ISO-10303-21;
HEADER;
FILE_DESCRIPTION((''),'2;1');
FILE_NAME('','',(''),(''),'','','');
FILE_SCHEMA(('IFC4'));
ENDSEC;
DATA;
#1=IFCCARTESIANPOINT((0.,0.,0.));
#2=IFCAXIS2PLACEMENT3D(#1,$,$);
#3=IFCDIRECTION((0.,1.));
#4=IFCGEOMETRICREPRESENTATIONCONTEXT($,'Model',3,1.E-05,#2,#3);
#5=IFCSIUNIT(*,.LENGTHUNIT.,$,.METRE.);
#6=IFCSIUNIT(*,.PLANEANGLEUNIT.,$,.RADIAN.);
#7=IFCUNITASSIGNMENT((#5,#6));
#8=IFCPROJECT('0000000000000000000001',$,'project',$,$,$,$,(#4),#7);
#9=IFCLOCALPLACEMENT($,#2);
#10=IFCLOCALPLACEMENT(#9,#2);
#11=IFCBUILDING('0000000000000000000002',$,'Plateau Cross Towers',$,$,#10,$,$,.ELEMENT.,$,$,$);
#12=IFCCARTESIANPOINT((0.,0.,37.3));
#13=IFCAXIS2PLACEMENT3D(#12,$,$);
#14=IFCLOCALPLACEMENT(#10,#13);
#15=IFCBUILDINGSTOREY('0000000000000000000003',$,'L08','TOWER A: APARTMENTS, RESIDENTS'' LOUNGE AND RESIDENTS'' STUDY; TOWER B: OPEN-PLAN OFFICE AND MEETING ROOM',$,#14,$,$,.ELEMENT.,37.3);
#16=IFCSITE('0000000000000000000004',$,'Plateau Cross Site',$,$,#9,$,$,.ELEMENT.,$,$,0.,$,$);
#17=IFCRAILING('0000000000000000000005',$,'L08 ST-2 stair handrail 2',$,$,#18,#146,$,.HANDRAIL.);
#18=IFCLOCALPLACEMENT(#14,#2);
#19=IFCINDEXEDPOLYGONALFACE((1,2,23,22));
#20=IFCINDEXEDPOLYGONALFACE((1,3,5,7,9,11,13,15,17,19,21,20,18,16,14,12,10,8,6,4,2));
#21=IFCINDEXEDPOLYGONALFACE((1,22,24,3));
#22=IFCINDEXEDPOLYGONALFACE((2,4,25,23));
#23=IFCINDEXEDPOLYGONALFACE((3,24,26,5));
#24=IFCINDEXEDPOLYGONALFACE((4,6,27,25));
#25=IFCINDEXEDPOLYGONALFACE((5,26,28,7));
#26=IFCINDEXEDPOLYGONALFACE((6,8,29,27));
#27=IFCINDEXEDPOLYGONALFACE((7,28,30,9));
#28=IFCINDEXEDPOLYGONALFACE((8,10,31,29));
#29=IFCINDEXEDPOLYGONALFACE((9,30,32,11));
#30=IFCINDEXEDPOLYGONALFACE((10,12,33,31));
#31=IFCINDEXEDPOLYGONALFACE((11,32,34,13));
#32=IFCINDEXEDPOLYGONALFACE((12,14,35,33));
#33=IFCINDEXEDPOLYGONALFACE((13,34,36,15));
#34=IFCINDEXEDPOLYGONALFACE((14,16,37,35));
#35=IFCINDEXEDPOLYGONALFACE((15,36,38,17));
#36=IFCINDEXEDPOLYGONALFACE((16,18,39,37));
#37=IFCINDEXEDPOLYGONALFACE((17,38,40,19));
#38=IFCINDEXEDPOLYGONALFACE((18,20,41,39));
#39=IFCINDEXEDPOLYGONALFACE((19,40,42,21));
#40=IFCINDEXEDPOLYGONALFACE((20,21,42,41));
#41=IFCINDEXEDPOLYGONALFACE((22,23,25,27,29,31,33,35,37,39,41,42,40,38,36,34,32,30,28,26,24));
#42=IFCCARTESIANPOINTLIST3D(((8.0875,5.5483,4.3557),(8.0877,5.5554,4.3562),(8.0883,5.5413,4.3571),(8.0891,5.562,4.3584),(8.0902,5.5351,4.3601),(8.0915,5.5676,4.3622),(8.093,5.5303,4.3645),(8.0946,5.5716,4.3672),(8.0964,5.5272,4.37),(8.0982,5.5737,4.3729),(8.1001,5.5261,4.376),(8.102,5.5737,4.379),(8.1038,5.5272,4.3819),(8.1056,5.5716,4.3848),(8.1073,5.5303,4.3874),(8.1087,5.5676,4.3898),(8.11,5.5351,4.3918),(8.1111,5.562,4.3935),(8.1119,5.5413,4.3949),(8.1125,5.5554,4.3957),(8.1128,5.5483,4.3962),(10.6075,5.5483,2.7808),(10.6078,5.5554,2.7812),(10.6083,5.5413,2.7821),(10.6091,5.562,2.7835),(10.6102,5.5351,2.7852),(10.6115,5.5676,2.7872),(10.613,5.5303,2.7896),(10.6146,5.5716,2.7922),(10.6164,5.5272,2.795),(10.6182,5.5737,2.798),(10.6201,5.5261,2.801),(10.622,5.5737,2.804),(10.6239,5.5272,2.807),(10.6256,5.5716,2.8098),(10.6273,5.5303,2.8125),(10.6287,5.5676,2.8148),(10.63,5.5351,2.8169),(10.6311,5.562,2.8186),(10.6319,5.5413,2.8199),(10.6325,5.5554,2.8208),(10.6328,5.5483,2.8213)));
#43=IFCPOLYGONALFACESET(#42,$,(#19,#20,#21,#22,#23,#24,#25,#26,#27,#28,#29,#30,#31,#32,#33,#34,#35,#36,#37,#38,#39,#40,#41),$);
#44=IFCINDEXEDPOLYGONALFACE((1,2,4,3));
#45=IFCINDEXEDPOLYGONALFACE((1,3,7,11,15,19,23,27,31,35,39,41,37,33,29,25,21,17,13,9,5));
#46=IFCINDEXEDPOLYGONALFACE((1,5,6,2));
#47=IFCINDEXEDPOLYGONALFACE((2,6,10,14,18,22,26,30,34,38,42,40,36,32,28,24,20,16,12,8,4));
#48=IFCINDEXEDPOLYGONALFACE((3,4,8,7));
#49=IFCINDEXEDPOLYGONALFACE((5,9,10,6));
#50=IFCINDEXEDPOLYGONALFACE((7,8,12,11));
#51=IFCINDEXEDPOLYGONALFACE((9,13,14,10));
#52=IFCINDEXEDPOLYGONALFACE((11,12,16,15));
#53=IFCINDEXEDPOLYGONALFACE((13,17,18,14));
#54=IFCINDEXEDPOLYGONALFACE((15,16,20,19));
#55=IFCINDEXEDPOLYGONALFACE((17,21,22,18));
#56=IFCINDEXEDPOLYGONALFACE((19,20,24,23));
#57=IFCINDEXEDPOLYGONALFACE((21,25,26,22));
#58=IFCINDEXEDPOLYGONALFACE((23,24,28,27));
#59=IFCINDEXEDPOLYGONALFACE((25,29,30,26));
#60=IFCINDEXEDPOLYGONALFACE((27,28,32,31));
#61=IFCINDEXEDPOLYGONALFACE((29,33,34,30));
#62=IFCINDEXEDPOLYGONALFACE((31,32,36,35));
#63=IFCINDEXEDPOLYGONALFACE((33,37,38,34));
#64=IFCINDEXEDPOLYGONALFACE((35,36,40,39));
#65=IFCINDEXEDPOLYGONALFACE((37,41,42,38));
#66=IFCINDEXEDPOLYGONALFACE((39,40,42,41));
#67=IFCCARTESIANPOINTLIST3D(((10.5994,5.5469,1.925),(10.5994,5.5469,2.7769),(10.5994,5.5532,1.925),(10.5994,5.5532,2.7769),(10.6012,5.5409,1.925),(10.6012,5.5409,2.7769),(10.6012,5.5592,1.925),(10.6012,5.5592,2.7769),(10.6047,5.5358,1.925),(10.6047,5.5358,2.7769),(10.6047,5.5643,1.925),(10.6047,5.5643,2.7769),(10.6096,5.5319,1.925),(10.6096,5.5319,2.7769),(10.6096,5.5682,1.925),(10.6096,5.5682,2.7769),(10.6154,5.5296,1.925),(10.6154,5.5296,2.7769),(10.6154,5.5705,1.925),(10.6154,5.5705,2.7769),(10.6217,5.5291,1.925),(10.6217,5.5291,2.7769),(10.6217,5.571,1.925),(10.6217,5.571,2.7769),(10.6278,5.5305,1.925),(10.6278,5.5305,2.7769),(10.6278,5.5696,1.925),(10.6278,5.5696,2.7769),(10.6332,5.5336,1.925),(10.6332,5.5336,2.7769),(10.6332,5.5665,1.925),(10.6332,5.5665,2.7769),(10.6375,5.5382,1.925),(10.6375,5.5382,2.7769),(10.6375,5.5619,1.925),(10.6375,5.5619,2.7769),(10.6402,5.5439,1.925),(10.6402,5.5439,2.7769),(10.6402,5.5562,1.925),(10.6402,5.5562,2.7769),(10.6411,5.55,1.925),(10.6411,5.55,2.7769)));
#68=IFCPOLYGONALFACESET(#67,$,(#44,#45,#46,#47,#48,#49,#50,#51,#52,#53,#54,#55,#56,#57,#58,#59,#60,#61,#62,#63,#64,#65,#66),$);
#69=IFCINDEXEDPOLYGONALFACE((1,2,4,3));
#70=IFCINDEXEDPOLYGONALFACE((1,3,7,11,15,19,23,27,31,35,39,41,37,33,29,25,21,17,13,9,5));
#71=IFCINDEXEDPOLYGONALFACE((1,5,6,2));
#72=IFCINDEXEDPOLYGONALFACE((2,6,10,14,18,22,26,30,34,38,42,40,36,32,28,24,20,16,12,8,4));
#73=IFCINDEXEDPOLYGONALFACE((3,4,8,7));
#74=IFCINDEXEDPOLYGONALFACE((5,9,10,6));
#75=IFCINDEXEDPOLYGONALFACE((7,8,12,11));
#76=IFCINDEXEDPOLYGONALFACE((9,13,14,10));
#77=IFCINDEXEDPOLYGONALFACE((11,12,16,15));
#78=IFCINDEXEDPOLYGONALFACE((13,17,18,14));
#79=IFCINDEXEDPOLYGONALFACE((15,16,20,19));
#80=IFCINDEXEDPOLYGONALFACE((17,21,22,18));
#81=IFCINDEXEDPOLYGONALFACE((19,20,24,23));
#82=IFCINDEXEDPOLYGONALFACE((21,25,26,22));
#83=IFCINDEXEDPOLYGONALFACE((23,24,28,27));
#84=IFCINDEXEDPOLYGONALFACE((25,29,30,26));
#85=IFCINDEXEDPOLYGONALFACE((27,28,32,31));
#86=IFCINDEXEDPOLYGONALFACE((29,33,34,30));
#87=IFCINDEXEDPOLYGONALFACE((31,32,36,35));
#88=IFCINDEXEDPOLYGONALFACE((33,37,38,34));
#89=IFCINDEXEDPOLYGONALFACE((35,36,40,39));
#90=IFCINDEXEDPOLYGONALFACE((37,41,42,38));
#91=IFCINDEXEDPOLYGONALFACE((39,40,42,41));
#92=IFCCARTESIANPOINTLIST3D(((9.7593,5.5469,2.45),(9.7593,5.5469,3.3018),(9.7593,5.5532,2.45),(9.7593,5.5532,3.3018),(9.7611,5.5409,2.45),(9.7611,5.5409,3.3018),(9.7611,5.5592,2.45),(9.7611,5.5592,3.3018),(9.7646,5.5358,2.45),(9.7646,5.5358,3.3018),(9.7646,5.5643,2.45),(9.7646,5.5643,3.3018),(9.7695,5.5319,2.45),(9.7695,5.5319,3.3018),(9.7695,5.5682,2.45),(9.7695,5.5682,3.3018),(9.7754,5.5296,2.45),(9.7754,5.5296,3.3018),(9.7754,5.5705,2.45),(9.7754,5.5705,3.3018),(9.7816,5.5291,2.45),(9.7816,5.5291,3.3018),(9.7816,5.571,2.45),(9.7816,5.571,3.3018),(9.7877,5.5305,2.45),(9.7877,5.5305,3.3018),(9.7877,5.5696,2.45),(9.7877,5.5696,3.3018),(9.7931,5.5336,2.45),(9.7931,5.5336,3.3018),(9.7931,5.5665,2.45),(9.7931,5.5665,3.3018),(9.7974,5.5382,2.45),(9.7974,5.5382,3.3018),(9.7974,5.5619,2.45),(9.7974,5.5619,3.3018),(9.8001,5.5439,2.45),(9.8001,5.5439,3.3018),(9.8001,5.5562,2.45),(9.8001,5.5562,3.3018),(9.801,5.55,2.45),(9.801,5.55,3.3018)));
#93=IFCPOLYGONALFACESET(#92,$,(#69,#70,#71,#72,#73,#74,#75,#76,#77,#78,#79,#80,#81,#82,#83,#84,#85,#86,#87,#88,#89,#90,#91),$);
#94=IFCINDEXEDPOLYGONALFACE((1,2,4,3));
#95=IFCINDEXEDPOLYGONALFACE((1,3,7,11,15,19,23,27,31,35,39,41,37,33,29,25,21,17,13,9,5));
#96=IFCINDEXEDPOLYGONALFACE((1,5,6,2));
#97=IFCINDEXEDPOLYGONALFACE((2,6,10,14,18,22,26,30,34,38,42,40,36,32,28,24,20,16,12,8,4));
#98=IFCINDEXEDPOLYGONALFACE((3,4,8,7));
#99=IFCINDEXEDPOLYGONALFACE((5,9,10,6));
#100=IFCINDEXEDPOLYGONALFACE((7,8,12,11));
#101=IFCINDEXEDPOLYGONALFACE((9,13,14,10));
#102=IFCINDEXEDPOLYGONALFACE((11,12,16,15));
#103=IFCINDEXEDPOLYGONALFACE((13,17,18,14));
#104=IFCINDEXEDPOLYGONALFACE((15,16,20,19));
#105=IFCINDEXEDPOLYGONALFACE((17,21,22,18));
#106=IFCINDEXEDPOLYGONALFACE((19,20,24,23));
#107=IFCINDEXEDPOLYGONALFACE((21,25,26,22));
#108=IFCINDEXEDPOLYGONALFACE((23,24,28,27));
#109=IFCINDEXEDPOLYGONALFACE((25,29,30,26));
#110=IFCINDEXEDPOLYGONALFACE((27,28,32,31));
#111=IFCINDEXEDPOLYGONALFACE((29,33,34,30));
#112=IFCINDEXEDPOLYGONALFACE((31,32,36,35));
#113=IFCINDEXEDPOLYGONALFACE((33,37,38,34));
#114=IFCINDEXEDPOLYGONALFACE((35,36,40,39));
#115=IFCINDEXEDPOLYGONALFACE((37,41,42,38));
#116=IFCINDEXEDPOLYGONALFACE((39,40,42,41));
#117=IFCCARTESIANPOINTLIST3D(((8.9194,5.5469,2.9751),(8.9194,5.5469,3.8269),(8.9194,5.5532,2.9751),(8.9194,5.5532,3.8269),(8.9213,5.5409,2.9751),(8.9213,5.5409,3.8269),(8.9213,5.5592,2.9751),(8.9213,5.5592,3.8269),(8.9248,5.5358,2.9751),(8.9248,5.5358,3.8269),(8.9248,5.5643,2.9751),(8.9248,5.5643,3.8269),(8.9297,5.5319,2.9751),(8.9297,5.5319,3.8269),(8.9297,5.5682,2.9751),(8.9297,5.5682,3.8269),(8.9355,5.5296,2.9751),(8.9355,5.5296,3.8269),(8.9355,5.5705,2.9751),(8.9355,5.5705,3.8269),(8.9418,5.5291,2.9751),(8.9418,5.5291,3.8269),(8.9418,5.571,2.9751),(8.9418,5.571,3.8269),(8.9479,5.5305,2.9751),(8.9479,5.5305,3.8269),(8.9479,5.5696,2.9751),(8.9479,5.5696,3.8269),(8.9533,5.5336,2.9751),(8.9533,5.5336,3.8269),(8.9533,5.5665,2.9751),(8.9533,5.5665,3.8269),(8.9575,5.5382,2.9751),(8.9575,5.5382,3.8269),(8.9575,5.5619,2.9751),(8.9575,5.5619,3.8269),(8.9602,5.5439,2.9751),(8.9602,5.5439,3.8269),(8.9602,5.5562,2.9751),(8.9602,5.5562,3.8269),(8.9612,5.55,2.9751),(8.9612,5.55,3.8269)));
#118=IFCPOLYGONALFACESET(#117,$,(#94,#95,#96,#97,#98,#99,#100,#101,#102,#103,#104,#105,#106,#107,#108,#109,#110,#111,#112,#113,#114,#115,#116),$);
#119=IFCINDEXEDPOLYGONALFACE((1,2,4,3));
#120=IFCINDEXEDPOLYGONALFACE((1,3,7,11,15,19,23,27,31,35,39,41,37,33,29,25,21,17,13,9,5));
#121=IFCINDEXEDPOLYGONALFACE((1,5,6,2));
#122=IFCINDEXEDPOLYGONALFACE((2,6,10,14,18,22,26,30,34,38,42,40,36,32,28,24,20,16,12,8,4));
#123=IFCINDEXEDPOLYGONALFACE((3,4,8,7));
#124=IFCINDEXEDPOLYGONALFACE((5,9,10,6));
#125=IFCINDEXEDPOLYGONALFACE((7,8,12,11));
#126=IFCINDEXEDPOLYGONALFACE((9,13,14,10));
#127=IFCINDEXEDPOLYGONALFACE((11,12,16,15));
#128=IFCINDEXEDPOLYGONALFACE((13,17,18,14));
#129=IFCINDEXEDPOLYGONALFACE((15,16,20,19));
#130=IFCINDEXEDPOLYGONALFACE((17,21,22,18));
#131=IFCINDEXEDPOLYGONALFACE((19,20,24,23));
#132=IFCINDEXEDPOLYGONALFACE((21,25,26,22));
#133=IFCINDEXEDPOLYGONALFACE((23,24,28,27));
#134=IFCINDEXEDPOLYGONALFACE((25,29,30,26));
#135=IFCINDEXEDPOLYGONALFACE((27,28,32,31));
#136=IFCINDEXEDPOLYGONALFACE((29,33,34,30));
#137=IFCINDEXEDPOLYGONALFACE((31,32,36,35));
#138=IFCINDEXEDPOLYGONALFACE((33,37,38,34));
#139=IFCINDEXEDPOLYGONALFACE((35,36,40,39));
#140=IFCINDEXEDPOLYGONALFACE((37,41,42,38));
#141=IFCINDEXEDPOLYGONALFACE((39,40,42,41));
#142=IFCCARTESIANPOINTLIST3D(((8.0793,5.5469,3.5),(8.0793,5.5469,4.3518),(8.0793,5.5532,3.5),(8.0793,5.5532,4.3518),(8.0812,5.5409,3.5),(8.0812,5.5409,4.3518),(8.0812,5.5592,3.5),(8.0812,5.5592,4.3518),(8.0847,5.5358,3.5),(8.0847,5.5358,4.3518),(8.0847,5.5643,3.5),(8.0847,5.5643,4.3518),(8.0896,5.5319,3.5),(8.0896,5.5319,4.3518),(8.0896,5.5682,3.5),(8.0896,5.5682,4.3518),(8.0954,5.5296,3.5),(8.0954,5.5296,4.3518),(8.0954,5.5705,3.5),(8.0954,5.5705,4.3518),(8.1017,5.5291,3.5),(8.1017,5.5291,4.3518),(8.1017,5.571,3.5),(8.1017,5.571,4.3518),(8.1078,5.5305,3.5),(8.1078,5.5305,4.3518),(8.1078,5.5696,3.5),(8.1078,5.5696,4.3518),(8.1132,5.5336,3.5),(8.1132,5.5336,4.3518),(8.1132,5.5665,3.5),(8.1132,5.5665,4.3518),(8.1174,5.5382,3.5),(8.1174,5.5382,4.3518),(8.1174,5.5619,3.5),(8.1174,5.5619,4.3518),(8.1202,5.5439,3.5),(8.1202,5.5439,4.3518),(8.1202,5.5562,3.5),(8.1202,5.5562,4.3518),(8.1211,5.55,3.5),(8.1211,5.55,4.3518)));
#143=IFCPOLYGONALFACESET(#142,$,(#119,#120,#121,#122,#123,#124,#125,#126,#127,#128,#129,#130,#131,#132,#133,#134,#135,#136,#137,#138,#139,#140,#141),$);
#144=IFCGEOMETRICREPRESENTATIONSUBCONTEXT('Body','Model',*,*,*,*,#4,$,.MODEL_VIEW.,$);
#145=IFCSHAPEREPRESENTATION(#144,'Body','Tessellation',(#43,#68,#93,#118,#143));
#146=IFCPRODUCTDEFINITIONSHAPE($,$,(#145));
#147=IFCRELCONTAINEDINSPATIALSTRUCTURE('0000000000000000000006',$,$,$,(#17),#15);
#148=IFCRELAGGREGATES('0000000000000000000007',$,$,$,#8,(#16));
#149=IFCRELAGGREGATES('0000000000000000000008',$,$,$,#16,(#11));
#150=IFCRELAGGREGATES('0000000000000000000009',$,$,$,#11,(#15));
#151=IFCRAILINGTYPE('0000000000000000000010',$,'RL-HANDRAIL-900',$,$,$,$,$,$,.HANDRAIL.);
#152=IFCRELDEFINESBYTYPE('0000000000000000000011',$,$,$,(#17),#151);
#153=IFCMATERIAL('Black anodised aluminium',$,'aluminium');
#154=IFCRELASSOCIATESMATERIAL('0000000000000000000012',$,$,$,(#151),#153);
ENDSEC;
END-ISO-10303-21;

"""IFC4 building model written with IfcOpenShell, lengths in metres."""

from ifc_helpers import new_model, si_unit, direction, frame, origin, origin_2d, place, context, subcontext, project, spatial, circle, extrude, material, type_object, element, save


model = new_model("IFC4")

# Units and contexts
model_context = context("Model", 3, precision=1e-05, world=origin(), true_north=direction((0.0, 1.0)))
body_context = subcontext(model_context, "Body", "Model", "MODEL_VIEW")
ifc_project = project(units=[si_unit("LENGTHUNIT", "METRE"), si_unit("PLANEANGLEUNIT", "RADIAN")], contexts=[model_context])

# Site, building, storey
site_placement = place(None, origin())
site = spatial("IfcSite", under=ifc_project, at=site_placement, Name="Plateau Cross Site", CompositionType="ELEMENT", RefElevation=0.0)
building_placement = place(site_placement, origin())
building = spatial("IfcBuilding", under=site, at=building_placement, Name="Plateau Cross Towers", CompositionType="ELEMENT")
storey_placement = place(building_placement, frame((0.0, 0.0, 37.3)))
storey = spatial("IfcBuildingStorey", under=building, at=storey_placement, Name="L08", Description="TOWER A: APARTMENTS, RESIDENTS' LOUNGE AND RESIDENTS' STUDY; TOWER B: OPEN-PLAN OFFICE AND MEETING ROOM", CompositionType="ELEMENT", Elevation=37.3)

# Railing
ifc_material_1 = material(Name="Black anodised aluminium", Category="aluminium")
railing_type_1 = type_object("IfcRailingType", Name="RL-HANDRAIL-900", PredefinedType="HANDRAIL", material=ifc_material_1)
railing_1_placement = place(storey_placement, frame((10.6201, 5.55, 1.925)))
element("IfcRailing", 1, at=railing_1_placement, inside=storey, type_object=railing_type_1, Name="L08 ST-2 stair handrail 2", PredefinedType="HANDRAIL", context=body_context, shape_type="SweptSolid", body=[
    extrude(circle(Radius=0.0239, at=origin_2d()), frame((0.0, 0.0, 0.876), z_axis=(-0.848008, 0.0, 0.529984), x_axis=(0.0, -1.0, 0.0)), (0.0, 0.0, 1.0), 2.9717),
    extrude(circle(Radius=0.021, at=origin_2d()), origin(), (0.0, 0.0, 1.0), 0.8518),
    extrude(circle(Radius=0.021, at=origin_2d()), frame((-0.8401, 0.0, 0.5249)), (0.0, 0.0, 1.0), 0.8518),
    extrude(circle(Radius=0.021, at=origin_2d()), frame((-1.6799, 0.0, 1.05)), (0.0, 0.0, 1.0), 0.8518),
    extrude(circle(Radius=0.021, at=origin_2d()), frame((-2.52, 0.0, 1.575)), (0.0, 0.0, 1.0), 0.8518),
])

save(model, "model.ifc")
